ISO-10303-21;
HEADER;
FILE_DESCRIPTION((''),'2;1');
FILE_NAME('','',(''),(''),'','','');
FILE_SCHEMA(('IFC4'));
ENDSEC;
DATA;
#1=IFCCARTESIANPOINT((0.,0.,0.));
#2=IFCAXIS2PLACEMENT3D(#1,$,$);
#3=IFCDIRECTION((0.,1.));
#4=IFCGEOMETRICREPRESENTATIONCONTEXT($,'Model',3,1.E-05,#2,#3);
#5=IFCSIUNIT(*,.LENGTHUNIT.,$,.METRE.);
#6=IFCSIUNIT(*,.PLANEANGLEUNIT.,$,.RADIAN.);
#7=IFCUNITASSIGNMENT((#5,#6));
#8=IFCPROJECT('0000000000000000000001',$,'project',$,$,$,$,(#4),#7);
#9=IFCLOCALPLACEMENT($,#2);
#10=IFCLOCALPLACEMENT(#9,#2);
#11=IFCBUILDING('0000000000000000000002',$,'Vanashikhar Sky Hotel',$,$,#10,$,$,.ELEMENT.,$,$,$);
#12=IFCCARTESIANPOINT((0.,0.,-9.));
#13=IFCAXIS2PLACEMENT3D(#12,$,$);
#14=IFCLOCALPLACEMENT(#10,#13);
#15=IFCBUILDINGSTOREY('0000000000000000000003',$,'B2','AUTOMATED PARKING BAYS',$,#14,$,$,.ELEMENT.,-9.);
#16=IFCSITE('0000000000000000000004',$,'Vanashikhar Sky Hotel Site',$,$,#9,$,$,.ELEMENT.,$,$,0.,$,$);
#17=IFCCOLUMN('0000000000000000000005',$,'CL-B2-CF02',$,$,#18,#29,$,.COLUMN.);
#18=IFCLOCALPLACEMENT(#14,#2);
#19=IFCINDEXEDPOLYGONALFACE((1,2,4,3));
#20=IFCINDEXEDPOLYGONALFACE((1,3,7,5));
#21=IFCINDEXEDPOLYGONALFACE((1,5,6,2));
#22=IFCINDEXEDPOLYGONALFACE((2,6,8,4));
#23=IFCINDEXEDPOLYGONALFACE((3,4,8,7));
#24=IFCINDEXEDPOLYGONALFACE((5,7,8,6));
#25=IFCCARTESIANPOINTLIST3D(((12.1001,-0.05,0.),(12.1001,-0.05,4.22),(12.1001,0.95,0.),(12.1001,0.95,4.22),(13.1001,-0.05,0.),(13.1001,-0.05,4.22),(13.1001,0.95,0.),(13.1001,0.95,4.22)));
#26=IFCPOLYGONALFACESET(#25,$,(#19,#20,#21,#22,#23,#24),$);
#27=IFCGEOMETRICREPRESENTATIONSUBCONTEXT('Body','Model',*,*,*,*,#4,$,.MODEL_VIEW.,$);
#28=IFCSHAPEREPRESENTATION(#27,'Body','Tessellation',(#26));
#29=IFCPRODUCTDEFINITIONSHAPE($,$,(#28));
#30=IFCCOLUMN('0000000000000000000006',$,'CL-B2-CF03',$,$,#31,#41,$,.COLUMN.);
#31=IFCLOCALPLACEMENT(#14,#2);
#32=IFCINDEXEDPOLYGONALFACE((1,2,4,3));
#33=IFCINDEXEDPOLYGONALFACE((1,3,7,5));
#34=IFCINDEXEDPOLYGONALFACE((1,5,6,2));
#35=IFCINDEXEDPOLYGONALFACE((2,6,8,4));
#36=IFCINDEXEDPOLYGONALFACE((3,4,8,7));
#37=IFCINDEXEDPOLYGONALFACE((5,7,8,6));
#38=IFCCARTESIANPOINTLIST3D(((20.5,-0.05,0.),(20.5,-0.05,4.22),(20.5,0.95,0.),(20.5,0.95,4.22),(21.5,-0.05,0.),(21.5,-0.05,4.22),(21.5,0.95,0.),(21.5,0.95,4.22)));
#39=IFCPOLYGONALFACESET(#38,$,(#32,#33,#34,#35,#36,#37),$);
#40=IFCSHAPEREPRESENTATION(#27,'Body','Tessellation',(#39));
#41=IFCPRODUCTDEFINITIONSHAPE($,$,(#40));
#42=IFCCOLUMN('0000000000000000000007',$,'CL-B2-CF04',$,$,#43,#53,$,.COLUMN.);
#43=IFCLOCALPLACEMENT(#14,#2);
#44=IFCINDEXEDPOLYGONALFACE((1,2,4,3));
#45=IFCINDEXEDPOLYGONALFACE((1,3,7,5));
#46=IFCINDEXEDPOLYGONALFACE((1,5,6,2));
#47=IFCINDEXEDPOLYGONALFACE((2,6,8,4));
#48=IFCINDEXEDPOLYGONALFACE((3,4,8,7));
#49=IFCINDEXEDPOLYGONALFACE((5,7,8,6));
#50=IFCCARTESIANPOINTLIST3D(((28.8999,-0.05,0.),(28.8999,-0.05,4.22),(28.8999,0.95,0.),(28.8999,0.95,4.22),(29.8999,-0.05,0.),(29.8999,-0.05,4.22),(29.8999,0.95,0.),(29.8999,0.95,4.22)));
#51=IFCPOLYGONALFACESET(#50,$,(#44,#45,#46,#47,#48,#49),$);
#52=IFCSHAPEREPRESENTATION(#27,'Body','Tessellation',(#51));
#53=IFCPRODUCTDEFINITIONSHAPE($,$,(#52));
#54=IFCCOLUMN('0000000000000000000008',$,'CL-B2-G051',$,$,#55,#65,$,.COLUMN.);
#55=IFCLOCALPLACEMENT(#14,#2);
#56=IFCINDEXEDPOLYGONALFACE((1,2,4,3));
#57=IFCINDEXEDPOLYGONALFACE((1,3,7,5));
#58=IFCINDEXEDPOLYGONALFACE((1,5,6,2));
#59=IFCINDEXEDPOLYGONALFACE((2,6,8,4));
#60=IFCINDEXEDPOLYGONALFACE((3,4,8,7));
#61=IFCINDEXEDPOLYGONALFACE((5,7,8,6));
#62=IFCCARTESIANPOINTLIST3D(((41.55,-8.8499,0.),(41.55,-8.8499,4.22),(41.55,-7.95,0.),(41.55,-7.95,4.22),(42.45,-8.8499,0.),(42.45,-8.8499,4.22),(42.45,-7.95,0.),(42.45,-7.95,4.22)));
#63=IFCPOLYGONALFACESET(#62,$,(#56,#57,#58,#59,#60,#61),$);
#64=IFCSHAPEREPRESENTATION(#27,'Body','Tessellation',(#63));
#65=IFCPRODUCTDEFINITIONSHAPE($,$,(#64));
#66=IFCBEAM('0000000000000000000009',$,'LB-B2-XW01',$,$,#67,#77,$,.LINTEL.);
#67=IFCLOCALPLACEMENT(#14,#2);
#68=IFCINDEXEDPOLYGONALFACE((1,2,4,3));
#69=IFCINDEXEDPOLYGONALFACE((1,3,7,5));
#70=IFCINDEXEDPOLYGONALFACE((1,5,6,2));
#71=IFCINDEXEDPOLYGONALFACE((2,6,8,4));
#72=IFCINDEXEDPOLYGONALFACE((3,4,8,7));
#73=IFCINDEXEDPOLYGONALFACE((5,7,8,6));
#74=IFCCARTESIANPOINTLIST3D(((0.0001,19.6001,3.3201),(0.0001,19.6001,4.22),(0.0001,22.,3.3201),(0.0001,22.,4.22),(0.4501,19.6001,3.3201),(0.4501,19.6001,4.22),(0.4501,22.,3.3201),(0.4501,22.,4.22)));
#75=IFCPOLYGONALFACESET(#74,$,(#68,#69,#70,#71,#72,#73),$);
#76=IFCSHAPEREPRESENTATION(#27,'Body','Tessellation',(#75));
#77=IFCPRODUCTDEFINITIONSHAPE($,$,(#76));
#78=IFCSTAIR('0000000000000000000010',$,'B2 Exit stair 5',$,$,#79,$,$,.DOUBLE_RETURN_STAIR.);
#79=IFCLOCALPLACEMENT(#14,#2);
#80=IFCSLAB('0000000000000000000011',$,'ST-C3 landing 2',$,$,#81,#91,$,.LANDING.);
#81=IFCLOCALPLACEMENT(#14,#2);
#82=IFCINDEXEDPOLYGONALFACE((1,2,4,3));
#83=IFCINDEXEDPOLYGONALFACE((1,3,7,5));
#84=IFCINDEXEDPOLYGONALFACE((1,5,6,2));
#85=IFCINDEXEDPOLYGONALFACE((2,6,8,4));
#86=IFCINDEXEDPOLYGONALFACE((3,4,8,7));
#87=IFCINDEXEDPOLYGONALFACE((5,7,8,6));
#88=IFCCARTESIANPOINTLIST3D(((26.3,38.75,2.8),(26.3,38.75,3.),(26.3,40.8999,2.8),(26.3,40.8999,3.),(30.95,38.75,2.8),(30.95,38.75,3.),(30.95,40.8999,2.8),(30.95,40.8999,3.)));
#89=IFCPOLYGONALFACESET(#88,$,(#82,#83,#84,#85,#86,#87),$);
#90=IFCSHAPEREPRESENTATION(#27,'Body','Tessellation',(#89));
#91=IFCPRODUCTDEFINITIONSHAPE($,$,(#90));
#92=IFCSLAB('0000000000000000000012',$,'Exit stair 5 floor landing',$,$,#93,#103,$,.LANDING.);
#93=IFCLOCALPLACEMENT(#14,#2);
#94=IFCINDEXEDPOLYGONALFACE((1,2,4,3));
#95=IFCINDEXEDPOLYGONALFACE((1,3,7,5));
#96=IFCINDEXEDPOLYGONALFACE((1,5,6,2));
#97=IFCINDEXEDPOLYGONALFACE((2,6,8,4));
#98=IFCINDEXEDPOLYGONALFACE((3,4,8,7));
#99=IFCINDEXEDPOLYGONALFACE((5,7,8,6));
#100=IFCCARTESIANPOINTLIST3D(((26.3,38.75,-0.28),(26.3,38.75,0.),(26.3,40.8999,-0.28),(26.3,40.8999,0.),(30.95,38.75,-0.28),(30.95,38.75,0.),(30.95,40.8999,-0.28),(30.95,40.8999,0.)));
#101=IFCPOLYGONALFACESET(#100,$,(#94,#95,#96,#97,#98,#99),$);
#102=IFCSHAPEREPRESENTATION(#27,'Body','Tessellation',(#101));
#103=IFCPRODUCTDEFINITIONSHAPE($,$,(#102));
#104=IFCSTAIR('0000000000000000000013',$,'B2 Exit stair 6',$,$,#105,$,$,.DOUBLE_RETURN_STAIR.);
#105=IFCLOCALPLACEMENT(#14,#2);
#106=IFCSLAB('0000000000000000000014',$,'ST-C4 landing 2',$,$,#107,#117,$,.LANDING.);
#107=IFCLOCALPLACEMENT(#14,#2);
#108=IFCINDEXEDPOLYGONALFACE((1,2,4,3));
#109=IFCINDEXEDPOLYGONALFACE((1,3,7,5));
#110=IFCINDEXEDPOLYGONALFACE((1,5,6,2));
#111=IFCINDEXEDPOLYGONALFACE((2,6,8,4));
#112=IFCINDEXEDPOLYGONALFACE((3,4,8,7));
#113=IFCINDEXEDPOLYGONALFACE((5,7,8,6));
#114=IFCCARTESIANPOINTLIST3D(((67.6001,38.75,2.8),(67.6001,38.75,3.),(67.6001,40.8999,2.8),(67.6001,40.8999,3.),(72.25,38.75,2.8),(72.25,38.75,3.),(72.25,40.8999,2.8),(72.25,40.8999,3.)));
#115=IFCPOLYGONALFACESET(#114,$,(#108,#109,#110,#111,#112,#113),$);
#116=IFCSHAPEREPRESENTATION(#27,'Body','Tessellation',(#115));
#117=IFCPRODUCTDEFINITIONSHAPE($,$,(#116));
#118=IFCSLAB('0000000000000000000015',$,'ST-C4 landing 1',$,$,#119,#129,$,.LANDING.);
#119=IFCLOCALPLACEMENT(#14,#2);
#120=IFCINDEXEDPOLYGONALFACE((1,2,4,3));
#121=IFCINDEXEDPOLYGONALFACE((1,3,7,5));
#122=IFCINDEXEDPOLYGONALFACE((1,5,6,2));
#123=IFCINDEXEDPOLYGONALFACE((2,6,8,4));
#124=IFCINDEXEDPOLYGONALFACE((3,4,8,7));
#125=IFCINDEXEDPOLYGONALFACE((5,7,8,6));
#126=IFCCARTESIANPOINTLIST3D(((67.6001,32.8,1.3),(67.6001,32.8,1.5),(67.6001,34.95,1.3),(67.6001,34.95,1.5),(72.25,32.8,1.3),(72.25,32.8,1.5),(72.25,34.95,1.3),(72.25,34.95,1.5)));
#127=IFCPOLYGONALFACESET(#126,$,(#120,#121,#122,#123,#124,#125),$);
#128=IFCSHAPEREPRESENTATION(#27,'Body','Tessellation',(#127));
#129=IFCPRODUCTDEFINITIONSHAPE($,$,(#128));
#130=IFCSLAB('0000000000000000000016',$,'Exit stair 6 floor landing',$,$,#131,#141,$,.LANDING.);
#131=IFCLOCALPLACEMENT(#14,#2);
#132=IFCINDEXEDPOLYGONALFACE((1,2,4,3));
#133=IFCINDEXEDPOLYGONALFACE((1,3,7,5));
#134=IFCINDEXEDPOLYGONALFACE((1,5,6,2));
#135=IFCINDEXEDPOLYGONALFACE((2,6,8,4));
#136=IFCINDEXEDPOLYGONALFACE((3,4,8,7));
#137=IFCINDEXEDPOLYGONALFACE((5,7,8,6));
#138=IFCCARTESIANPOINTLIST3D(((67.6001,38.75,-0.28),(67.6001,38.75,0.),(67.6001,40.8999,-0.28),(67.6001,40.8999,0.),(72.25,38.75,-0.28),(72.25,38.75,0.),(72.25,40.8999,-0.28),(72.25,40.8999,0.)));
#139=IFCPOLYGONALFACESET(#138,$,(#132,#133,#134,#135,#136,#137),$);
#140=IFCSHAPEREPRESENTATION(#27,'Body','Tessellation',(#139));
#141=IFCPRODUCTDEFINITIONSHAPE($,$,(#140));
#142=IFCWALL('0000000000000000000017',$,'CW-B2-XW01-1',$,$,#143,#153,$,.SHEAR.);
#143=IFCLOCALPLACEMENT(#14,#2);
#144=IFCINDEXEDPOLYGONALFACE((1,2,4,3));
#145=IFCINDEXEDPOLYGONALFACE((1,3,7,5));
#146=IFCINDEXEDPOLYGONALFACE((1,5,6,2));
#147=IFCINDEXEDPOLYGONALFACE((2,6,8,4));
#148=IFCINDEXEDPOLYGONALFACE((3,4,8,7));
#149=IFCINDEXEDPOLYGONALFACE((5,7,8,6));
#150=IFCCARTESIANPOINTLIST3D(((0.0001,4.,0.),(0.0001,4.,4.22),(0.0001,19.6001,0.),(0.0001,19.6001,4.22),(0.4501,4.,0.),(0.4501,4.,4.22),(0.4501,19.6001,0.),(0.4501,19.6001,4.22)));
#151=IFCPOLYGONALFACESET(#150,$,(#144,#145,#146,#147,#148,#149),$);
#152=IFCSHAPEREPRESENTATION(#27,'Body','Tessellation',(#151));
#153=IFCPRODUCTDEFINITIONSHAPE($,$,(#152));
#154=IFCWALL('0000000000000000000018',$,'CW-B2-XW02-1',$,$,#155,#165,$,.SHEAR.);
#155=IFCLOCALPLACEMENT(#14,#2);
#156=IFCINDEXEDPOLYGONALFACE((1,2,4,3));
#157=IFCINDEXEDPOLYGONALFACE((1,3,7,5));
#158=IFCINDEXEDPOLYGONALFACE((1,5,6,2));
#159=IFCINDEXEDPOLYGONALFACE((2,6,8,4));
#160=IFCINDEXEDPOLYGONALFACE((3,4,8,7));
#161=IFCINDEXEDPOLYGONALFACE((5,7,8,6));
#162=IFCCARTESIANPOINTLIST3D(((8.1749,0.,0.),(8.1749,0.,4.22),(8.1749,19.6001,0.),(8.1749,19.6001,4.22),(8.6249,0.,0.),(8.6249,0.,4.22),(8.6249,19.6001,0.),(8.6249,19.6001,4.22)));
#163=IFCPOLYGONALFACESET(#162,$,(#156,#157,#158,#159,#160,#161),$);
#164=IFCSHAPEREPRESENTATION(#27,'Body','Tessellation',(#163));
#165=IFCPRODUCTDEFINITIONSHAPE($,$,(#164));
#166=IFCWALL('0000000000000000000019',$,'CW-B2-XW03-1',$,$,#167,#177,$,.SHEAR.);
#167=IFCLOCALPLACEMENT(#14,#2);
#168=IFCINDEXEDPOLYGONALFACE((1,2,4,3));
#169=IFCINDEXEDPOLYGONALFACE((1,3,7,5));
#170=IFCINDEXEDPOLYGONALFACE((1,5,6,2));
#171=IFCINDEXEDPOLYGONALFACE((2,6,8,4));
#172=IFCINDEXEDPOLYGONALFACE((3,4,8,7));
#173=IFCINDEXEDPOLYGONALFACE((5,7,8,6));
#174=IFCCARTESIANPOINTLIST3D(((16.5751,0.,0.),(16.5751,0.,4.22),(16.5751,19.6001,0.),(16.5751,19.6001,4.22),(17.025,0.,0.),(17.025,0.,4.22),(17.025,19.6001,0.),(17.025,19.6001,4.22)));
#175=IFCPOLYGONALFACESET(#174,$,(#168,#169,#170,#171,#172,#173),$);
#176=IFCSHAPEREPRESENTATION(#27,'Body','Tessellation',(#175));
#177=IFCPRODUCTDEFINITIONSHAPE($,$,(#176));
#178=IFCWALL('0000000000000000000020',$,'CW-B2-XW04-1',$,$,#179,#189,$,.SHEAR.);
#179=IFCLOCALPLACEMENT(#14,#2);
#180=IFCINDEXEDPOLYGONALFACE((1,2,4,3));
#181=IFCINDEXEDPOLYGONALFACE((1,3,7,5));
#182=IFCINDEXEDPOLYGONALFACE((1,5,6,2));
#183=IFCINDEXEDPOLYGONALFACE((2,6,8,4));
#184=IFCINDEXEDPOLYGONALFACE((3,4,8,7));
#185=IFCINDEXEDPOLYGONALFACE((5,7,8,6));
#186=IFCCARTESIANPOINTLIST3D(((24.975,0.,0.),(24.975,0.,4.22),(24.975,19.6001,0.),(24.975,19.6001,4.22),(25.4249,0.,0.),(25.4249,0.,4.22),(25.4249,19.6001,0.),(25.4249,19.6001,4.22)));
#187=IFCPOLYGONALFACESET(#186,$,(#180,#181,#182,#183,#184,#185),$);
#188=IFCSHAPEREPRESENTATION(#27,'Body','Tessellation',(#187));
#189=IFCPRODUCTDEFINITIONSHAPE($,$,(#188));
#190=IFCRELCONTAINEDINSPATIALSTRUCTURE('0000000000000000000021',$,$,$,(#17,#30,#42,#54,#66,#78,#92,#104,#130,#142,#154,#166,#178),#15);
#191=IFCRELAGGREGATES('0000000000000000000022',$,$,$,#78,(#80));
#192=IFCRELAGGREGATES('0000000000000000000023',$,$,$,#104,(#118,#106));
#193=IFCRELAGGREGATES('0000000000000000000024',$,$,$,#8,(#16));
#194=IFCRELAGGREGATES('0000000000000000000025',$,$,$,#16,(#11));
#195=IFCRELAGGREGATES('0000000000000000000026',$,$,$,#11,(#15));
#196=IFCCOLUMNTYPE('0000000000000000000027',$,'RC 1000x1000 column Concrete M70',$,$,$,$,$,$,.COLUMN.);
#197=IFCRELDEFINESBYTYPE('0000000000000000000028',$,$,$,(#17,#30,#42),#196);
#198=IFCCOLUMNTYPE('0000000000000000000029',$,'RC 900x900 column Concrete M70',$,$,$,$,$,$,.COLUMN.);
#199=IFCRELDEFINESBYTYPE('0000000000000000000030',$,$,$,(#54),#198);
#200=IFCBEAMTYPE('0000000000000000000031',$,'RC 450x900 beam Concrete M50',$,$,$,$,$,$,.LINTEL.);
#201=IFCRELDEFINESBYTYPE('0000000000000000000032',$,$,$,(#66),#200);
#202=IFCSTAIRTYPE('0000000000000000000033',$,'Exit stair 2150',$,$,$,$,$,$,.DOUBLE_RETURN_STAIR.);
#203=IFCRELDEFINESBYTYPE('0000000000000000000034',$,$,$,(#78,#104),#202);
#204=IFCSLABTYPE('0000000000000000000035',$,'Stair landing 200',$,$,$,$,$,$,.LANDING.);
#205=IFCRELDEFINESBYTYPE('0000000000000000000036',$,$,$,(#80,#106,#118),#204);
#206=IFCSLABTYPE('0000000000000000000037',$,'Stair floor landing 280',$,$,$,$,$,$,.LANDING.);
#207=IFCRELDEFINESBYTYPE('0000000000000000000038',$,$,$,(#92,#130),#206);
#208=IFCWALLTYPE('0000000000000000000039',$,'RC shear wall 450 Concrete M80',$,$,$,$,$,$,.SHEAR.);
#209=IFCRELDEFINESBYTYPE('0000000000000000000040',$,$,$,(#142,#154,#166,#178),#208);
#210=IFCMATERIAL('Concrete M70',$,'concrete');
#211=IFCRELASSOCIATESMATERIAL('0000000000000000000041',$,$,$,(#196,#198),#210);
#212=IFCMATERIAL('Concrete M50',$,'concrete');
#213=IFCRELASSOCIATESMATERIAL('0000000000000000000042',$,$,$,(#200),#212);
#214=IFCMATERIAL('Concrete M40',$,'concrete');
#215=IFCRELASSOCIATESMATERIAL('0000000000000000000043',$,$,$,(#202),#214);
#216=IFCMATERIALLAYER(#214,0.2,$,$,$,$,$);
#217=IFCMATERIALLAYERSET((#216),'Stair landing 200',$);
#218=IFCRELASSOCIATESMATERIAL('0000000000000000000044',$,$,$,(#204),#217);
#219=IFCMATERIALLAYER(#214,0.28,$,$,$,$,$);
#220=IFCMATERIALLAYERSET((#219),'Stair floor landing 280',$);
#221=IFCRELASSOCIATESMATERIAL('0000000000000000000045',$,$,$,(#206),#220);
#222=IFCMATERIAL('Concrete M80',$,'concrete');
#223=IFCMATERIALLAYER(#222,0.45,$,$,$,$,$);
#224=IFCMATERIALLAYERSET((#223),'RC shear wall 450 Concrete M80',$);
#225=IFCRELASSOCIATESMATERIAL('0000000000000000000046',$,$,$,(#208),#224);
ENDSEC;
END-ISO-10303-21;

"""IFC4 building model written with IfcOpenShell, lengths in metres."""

from ifc_helpers import new_model, si_unit, direction, frame, frame_2d, origin, origin_2d, place, context, subcontext, project, spatial, polyline, rectangle, outline, extrude, source, transform, mapped, material, layer, layer_set, material_profile, profile_set, type_object, element, aggregate, save


model = new_model("IFC4")

# Units and contexts
model_context = context("Model", 3, precision=1e-05, world=origin(), true_north=direction((0.0, 1.0)))
body_context = subcontext(model_context, "Body", "Model", "MODEL_VIEW")
ifc_project = project(units=[si_unit("LENGTHUNIT", "METRE"), si_unit("PLANEANGLEUNIT", "RADIAN")], contexts=[model_context])

# Site, building, storey
site_placement = place(None, origin())
site = spatial("IfcSite", under=ifc_project, at=site_placement, Name="Vanashikhar Sky Hotel Site", CompositionType="ELEMENT", RefElevation=0.0)
building_placement = place(site_placement, origin())
building = spatial("IfcBuilding", under=site, at=building_placement, Name="Vanashikhar Sky Hotel", CompositionType="ELEMENT")
storey_placement = place(building_placement, frame((0.0, 0.0, -9.0)))
storey = spatial("IfcBuildingStorey", under=building, at=storey_placement, Name="B2", Description="AUTOMATED PARKING BAYS", CompositionType="ELEMENT", Elevation=-9.0)

# Columns
ifc_material_1 = material(Name="Concrete M70", Category="concrete")
ifc_material_profile_1 = material_profile(ifc_material_1, rectangle(XDim=1.0, YDim=1.0, at=origin_2d()))
ifc_profile_set_1 = profile_set([ifc_material_profile_1], Name="RC 1000x1000 column Concrete M70")
column_type_1 = type_object("IfcColumnType", Name="RC 1000x1000 column Concrete M70", PredefinedType="COLUMN", material=ifc_profile_set_1)
shared_shape_1 = source(origin(), body_context, "Body", "SweptSolid", [
    extrude(rectangle(XDim=1.0, YDim=1.0, at=origin_2d()), origin(), (0.0, 0.0, 1.0), 4.22),
])
for number, where, z_axis, x_axis, name in (
    (1, (12.6001, 0.45, 0.0), (0.0, 0.0, 1.0), (1.0, 0.0, 0.0), "CL-B2-CF02"),
    (2, (21.0, 0.45, 0.0), (0.0, 0.0, 1.0), (1.0, 0.0, 0.0), "CL-B2-CF03"),
    (3, (29.3999, 0.45, 0.0), (0.0, 0.0, 1.0), (1.0, 0.0, 0.0), "CL-B2-CF04"),
):
    element("IfcColumn", number, at=place(storey_placement, frame(where, z_axis=z_axis, x_axis=x_axis)), inside=storey, type_object=column_type_1, Name=name, PredefinedType="COLUMN", context=body_context, shape_type="MappedRepresentation", body=[
        mapped(shared_shape_1, transform((0.0, 0.0, 0.0), scale=1.0)),
    ])
ifc_material_profile_2 = material_profile(ifc_material_1, rectangle(XDim=0.8999, YDim=0.8999, at=origin_2d()))
ifc_profile_set_2 = profile_set([ifc_material_profile_2], Name="RC 900x900 column Concrete M70")
column_type_2 = type_object("IfcColumnType", Name="RC 900x900 column Concrete M70", PredefinedType="COLUMN", material=ifc_profile_set_2)
shared_shape_2 = source(origin(), body_context, "Body", "SweptSolid", [
    extrude(rectangle(XDim=0.8999, YDim=0.8999, at=origin_2d()), origin(), (0.0, 0.0, 1.0), 4.22),
])
column_placement = place(storey_placement, frame((42.0, -8.3999, 0.0), z_axis=(0.0, 0.0, 1.0), x_axis=(1.0, 0.0, 0.0)))
element("IfcColumn", 4, at=column_placement, inside=storey, type_object=column_type_2, Name="CL-B2-G051", PredefinedType="COLUMN", context=body_context, shape_type="MappedRepresentation", body=[
    mapped(shared_shape_2, transform((0.0, 0.0, 0.0), scale=1.0)),
])

# Beam
ifc_material_2 = material(Name="Concrete M50", Category="concrete")
ifc_material_profile_3 = material_profile(ifc_material_2, rectangle(XDim=0.45, YDim=0.8999, at=origin_2d()))
ifc_profile_set_3 = profile_set([ifc_material_profile_3], Name="RC 450x900 beam Concrete M50")
beam_type = type_object("IfcBeamType", Name="RC 450x900 beam Concrete M50", PredefinedType="LINTEL", material=ifc_profile_set_3)
shared_shape_3 = source(origin(), body_context, "Body", "SweptSolid", [
    extrude(rectangle(XDim=0.45, YDim=0.8999, at=origin_2d()), origin(), (0.0, 0.0, 1.0), 2.3999),
])
beam_placement = place(storey_placement, frame((0.2251, 19.6001, 3.77), z_axis=(0.0, 1.0, 0.0), x_axis=(-1.0, 0.0, 0.0)))
element("IfcBeam", 5, at=beam_placement, inside=storey, type_object=beam_type, Name="LB-B2-XW01", PredefinedType="LINTEL", context=body_context, shape_type="MappedRepresentation", body=[
    mapped(shared_shape_3, transform((0.0, 0.0, 0.0), scale=1.0)),
])

# Stair, slab
ifc_material_3 = material(Name="Concrete M40", Category="concrete")
stair_type = type_object("IfcStairType", Name="Exit stair 2150", PredefinedType="DOUBLE_RETURN_STAIR", material=ifc_material_3)
stair_1_placement = place(storey_placement, origin())
stair_1 = element("IfcStair", 6, at=stair_1_placement, inside=storey, type_object=stair_type, Name="B2 Exit stair 5", PredefinedType="DOUBLE_RETURN_STAIR")
ifc_layer_1 = layer(ifc_material_3, 0.2)
ifc_layer_set_1 = layer_set([ifc_layer_1], Name="Stair landing 200")
slab_type_1 = type_object("IfcSlabType", Name="Stair landing 200", PredefinedType="LANDING", material=ifc_layer_set_1)
shared_shape_4 = source(origin(), body_context, "Body", "SweptSolid", [
    extrude(outline(polyline([(30.95, 38.75), (30.95, 40.8999), (26.3, 40.8999), (26.3, 38.75), (30.95, 38.75)])), origin(), (0.0, 0.0, 1.0), 0.2),
])
slab_1_placement = place(storey_placement, frame((0.0, 0.0, 2.8)))
slab_1 = element("IfcSlab", 7, at=slab_1_placement, type_object=slab_type_1, Name="ST-C3 landing 2", PredefinedType="LANDING", context=body_context, shape_type="MappedRepresentation", body=[
    mapped(shared_shape_4, transform((0.0, 0.0, 0.0), scale=1.0)),
])
aggregate(stair_1, [slab_1])

# Slab
ifc_layer_2 = layer(ifc_material_3, 0.28)
ifc_layer_set_2 = layer_set([ifc_layer_2], Name="Stair floor landing 280")
slab_type_2 = type_object("IfcSlabType", Name="Stair floor landing 280", PredefinedType="LANDING", material=ifc_layer_set_2)
shared_shape_5 = source(origin(), body_context, "Body", "SweptSolid", [
    extrude(outline(polyline([(30.95, 38.75), (30.95, 40.8999), (26.3, 40.8999), (26.3, 38.75), (30.95, 38.75)])), origin(), (0.0, 0.0, 1.0), 0.28),
])
slab_2_placement = place(storey_placement, frame((0.0, 0.0, -0.28)))
element("IfcSlab", 8, at=slab_2_placement, inside=storey, type_object=slab_type_2, Name="Exit stair 5 floor landing", PredefinedType="LANDING", context=body_context, shape_type="MappedRepresentation", body=[
    mapped(shared_shape_5, transform((0.0, 0.0, 0.0), scale=1.0)),
])

# Stair, slabs
stair_2_placement = place(storey_placement, origin())
stair_2 = element("IfcStair", 9, at=stair_2_placement, inside=storey, type_object=stair_type, Name="B2 Exit stair 6", PredefinedType="DOUBLE_RETURN_STAIR")
shared_shape_6 = source(origin(), body_context, "Body", "SweptSolid", [
    extrude(outline(polyline([(72.25, 38.75), (72.25, 40.8999), (67.6001, 40.8999), (67.6001, 38.75), (72.25, 38.75)])), origin(), (0.0, 0.0, 1.0), 0.2),
])
slab_3_placement = place(storey_placement, frame((0.0, 0.0, 2.8)))
slab_3 = element("IfcSlab", 10, at=slab_3_placement, type_object=slab_type_1, Name="ST-C4 landing 2", PredefinedType="LANDING", context=body_context, shape_type="MappedRepresentation", body=[
    mapped(shared_shape_6, transform((0.0, 0.0, 0.0), scale=1.0)),
])
shared_shape_7 = source(origin(), body_context, "Body", "SweptSolid", [
    extrude(outline(polyline([(72.25, 32.8), (72.25, 34.95), (67.6001, 34.95), (67.6001, 32.8), (72.25, 32.8)])), origin(), (0.0, 0.0, 1.0), 0.2),
])
slab_4_placement = place(storey_placement, frame((0.0, 0.0, 1.3)))
slab_4 = element("IfcSlab", 11, at=slab_4_placement, type_object=slab_type_1, Name="ST-C4 landing 1", PredefinedType="LANDING", context=body_context, shape_type="MappedRepresentation", body=[
    mapped(shared_shape_7, transform((0.0, 0.0, 0.0), scale=1.0)),
])
aggregate(stair_2, [slab_4, slab_3])

# Slab
shared_shape_8 = source(origin(), body_context, "Body", "SweptSolid", [
    extrude(outline(polyline([(72.25, 38.75), (72.25, 40.8999), (67.6001, 40.8999), (67.6001, 38.75), (72.25, 38.75)])), origin(), (0.0, 0.0, 1.0), 0.28),
])
slab_5_placement = place(storey_placement, frame((0.0, 0.0, -0.28)))
element("IfcSlab", 12, at=slab_5_placement, inside=storey, type_object=slab_type_2, Name="Exit stair 6 floor landing", PredefinedType="LANDING", context=body_context, shape_type="MappedRepresentation", body=[
    mapped(shared_shape_8, transform((0.0, 0.0, 0.0), scale=1.0)),
])

# Walls
ifc_material_4 = material(Name="Concrete M80", Category="concrete")
ifc_layer_3 = layer(ifc_material_4, 0.45)
ifc_layer_set_3 = layer_set([ifc_layer_3], Name="RC shear wall 450 Concrete M80")
wall_type_1 = type_object("IfcWallType", Name="RC shear wall 450 Concrete M80", PredefinedType="SHEAR", material=ifc_layer_set_3)
shared_shape_9 = source(origin(), body_context, "Body", "SweptSolid", [
    extrude(rectangle(XDim=15.6001, YDim=0.45, at=frame_2d((7.8, 0.0))), origin(), (0.0, 0.0, 1.0), 4.22),
])
wall_1_placement = place(storey_placement, frame((0.2251, 4.0, 0.0), z_axis=(0.0, 0.0, 1.0), x_axis=(0.0, 1.0, 0.0)))
element("IfcWall", 13, at=wall_1_placement, inside=storey, type_object=wall_type_1, Name="CW-B2-XW01-1", PredefinedType="SHEAR", context=body_context, shape_type="MappedRepresentation", body=[
    mapped(shared_shape_9, transform((0.0, 0.0, 0.0), scale=1.0)),
])
shared_shape_10 = source(origin(), body_context, "Body", "SweptSolid", [
    extrude(rectangle(XDim=19.6001, YDim=0.45, at=frame_2d((9.8, 0.0))), origin(), (0.0, 0.0, 1.0), 4.22),
])
for number, where, z_axis, x_axis, name in (
    (14, (8.3999, 0.0, 0.0), (0.0, 0.0, 1.0), (0.0, 1.0, 0.0), "CW-B2-XW02-1"),
    (15, (16.8, 0.0, 0.0), (0.0, 0.0, 1.0), (0.0, 1.0, 0.0), "CW-B2-XW03-1"),
    (16, (25.2, 0.0, 0.0), (0.0, 0.0, 1.0), (0.0, 1.0, 0.0), "CW-B2-XW04-1"),
):
    element("IfcWall", number, at=place(storey_placement, frame(where, z_axis=z_axis, x_axis=x_axis)), inside=storey, type_object=wall_type_1, Name=name, PredefinedType="SHEAR", context=body_context, shape_type="MappedRepresentation", body=[
        mapped(shared_shape_10, transform((0.0, 0.0, 0.0), scale=1.0)),
    ])

save(model, "model.ifc")
